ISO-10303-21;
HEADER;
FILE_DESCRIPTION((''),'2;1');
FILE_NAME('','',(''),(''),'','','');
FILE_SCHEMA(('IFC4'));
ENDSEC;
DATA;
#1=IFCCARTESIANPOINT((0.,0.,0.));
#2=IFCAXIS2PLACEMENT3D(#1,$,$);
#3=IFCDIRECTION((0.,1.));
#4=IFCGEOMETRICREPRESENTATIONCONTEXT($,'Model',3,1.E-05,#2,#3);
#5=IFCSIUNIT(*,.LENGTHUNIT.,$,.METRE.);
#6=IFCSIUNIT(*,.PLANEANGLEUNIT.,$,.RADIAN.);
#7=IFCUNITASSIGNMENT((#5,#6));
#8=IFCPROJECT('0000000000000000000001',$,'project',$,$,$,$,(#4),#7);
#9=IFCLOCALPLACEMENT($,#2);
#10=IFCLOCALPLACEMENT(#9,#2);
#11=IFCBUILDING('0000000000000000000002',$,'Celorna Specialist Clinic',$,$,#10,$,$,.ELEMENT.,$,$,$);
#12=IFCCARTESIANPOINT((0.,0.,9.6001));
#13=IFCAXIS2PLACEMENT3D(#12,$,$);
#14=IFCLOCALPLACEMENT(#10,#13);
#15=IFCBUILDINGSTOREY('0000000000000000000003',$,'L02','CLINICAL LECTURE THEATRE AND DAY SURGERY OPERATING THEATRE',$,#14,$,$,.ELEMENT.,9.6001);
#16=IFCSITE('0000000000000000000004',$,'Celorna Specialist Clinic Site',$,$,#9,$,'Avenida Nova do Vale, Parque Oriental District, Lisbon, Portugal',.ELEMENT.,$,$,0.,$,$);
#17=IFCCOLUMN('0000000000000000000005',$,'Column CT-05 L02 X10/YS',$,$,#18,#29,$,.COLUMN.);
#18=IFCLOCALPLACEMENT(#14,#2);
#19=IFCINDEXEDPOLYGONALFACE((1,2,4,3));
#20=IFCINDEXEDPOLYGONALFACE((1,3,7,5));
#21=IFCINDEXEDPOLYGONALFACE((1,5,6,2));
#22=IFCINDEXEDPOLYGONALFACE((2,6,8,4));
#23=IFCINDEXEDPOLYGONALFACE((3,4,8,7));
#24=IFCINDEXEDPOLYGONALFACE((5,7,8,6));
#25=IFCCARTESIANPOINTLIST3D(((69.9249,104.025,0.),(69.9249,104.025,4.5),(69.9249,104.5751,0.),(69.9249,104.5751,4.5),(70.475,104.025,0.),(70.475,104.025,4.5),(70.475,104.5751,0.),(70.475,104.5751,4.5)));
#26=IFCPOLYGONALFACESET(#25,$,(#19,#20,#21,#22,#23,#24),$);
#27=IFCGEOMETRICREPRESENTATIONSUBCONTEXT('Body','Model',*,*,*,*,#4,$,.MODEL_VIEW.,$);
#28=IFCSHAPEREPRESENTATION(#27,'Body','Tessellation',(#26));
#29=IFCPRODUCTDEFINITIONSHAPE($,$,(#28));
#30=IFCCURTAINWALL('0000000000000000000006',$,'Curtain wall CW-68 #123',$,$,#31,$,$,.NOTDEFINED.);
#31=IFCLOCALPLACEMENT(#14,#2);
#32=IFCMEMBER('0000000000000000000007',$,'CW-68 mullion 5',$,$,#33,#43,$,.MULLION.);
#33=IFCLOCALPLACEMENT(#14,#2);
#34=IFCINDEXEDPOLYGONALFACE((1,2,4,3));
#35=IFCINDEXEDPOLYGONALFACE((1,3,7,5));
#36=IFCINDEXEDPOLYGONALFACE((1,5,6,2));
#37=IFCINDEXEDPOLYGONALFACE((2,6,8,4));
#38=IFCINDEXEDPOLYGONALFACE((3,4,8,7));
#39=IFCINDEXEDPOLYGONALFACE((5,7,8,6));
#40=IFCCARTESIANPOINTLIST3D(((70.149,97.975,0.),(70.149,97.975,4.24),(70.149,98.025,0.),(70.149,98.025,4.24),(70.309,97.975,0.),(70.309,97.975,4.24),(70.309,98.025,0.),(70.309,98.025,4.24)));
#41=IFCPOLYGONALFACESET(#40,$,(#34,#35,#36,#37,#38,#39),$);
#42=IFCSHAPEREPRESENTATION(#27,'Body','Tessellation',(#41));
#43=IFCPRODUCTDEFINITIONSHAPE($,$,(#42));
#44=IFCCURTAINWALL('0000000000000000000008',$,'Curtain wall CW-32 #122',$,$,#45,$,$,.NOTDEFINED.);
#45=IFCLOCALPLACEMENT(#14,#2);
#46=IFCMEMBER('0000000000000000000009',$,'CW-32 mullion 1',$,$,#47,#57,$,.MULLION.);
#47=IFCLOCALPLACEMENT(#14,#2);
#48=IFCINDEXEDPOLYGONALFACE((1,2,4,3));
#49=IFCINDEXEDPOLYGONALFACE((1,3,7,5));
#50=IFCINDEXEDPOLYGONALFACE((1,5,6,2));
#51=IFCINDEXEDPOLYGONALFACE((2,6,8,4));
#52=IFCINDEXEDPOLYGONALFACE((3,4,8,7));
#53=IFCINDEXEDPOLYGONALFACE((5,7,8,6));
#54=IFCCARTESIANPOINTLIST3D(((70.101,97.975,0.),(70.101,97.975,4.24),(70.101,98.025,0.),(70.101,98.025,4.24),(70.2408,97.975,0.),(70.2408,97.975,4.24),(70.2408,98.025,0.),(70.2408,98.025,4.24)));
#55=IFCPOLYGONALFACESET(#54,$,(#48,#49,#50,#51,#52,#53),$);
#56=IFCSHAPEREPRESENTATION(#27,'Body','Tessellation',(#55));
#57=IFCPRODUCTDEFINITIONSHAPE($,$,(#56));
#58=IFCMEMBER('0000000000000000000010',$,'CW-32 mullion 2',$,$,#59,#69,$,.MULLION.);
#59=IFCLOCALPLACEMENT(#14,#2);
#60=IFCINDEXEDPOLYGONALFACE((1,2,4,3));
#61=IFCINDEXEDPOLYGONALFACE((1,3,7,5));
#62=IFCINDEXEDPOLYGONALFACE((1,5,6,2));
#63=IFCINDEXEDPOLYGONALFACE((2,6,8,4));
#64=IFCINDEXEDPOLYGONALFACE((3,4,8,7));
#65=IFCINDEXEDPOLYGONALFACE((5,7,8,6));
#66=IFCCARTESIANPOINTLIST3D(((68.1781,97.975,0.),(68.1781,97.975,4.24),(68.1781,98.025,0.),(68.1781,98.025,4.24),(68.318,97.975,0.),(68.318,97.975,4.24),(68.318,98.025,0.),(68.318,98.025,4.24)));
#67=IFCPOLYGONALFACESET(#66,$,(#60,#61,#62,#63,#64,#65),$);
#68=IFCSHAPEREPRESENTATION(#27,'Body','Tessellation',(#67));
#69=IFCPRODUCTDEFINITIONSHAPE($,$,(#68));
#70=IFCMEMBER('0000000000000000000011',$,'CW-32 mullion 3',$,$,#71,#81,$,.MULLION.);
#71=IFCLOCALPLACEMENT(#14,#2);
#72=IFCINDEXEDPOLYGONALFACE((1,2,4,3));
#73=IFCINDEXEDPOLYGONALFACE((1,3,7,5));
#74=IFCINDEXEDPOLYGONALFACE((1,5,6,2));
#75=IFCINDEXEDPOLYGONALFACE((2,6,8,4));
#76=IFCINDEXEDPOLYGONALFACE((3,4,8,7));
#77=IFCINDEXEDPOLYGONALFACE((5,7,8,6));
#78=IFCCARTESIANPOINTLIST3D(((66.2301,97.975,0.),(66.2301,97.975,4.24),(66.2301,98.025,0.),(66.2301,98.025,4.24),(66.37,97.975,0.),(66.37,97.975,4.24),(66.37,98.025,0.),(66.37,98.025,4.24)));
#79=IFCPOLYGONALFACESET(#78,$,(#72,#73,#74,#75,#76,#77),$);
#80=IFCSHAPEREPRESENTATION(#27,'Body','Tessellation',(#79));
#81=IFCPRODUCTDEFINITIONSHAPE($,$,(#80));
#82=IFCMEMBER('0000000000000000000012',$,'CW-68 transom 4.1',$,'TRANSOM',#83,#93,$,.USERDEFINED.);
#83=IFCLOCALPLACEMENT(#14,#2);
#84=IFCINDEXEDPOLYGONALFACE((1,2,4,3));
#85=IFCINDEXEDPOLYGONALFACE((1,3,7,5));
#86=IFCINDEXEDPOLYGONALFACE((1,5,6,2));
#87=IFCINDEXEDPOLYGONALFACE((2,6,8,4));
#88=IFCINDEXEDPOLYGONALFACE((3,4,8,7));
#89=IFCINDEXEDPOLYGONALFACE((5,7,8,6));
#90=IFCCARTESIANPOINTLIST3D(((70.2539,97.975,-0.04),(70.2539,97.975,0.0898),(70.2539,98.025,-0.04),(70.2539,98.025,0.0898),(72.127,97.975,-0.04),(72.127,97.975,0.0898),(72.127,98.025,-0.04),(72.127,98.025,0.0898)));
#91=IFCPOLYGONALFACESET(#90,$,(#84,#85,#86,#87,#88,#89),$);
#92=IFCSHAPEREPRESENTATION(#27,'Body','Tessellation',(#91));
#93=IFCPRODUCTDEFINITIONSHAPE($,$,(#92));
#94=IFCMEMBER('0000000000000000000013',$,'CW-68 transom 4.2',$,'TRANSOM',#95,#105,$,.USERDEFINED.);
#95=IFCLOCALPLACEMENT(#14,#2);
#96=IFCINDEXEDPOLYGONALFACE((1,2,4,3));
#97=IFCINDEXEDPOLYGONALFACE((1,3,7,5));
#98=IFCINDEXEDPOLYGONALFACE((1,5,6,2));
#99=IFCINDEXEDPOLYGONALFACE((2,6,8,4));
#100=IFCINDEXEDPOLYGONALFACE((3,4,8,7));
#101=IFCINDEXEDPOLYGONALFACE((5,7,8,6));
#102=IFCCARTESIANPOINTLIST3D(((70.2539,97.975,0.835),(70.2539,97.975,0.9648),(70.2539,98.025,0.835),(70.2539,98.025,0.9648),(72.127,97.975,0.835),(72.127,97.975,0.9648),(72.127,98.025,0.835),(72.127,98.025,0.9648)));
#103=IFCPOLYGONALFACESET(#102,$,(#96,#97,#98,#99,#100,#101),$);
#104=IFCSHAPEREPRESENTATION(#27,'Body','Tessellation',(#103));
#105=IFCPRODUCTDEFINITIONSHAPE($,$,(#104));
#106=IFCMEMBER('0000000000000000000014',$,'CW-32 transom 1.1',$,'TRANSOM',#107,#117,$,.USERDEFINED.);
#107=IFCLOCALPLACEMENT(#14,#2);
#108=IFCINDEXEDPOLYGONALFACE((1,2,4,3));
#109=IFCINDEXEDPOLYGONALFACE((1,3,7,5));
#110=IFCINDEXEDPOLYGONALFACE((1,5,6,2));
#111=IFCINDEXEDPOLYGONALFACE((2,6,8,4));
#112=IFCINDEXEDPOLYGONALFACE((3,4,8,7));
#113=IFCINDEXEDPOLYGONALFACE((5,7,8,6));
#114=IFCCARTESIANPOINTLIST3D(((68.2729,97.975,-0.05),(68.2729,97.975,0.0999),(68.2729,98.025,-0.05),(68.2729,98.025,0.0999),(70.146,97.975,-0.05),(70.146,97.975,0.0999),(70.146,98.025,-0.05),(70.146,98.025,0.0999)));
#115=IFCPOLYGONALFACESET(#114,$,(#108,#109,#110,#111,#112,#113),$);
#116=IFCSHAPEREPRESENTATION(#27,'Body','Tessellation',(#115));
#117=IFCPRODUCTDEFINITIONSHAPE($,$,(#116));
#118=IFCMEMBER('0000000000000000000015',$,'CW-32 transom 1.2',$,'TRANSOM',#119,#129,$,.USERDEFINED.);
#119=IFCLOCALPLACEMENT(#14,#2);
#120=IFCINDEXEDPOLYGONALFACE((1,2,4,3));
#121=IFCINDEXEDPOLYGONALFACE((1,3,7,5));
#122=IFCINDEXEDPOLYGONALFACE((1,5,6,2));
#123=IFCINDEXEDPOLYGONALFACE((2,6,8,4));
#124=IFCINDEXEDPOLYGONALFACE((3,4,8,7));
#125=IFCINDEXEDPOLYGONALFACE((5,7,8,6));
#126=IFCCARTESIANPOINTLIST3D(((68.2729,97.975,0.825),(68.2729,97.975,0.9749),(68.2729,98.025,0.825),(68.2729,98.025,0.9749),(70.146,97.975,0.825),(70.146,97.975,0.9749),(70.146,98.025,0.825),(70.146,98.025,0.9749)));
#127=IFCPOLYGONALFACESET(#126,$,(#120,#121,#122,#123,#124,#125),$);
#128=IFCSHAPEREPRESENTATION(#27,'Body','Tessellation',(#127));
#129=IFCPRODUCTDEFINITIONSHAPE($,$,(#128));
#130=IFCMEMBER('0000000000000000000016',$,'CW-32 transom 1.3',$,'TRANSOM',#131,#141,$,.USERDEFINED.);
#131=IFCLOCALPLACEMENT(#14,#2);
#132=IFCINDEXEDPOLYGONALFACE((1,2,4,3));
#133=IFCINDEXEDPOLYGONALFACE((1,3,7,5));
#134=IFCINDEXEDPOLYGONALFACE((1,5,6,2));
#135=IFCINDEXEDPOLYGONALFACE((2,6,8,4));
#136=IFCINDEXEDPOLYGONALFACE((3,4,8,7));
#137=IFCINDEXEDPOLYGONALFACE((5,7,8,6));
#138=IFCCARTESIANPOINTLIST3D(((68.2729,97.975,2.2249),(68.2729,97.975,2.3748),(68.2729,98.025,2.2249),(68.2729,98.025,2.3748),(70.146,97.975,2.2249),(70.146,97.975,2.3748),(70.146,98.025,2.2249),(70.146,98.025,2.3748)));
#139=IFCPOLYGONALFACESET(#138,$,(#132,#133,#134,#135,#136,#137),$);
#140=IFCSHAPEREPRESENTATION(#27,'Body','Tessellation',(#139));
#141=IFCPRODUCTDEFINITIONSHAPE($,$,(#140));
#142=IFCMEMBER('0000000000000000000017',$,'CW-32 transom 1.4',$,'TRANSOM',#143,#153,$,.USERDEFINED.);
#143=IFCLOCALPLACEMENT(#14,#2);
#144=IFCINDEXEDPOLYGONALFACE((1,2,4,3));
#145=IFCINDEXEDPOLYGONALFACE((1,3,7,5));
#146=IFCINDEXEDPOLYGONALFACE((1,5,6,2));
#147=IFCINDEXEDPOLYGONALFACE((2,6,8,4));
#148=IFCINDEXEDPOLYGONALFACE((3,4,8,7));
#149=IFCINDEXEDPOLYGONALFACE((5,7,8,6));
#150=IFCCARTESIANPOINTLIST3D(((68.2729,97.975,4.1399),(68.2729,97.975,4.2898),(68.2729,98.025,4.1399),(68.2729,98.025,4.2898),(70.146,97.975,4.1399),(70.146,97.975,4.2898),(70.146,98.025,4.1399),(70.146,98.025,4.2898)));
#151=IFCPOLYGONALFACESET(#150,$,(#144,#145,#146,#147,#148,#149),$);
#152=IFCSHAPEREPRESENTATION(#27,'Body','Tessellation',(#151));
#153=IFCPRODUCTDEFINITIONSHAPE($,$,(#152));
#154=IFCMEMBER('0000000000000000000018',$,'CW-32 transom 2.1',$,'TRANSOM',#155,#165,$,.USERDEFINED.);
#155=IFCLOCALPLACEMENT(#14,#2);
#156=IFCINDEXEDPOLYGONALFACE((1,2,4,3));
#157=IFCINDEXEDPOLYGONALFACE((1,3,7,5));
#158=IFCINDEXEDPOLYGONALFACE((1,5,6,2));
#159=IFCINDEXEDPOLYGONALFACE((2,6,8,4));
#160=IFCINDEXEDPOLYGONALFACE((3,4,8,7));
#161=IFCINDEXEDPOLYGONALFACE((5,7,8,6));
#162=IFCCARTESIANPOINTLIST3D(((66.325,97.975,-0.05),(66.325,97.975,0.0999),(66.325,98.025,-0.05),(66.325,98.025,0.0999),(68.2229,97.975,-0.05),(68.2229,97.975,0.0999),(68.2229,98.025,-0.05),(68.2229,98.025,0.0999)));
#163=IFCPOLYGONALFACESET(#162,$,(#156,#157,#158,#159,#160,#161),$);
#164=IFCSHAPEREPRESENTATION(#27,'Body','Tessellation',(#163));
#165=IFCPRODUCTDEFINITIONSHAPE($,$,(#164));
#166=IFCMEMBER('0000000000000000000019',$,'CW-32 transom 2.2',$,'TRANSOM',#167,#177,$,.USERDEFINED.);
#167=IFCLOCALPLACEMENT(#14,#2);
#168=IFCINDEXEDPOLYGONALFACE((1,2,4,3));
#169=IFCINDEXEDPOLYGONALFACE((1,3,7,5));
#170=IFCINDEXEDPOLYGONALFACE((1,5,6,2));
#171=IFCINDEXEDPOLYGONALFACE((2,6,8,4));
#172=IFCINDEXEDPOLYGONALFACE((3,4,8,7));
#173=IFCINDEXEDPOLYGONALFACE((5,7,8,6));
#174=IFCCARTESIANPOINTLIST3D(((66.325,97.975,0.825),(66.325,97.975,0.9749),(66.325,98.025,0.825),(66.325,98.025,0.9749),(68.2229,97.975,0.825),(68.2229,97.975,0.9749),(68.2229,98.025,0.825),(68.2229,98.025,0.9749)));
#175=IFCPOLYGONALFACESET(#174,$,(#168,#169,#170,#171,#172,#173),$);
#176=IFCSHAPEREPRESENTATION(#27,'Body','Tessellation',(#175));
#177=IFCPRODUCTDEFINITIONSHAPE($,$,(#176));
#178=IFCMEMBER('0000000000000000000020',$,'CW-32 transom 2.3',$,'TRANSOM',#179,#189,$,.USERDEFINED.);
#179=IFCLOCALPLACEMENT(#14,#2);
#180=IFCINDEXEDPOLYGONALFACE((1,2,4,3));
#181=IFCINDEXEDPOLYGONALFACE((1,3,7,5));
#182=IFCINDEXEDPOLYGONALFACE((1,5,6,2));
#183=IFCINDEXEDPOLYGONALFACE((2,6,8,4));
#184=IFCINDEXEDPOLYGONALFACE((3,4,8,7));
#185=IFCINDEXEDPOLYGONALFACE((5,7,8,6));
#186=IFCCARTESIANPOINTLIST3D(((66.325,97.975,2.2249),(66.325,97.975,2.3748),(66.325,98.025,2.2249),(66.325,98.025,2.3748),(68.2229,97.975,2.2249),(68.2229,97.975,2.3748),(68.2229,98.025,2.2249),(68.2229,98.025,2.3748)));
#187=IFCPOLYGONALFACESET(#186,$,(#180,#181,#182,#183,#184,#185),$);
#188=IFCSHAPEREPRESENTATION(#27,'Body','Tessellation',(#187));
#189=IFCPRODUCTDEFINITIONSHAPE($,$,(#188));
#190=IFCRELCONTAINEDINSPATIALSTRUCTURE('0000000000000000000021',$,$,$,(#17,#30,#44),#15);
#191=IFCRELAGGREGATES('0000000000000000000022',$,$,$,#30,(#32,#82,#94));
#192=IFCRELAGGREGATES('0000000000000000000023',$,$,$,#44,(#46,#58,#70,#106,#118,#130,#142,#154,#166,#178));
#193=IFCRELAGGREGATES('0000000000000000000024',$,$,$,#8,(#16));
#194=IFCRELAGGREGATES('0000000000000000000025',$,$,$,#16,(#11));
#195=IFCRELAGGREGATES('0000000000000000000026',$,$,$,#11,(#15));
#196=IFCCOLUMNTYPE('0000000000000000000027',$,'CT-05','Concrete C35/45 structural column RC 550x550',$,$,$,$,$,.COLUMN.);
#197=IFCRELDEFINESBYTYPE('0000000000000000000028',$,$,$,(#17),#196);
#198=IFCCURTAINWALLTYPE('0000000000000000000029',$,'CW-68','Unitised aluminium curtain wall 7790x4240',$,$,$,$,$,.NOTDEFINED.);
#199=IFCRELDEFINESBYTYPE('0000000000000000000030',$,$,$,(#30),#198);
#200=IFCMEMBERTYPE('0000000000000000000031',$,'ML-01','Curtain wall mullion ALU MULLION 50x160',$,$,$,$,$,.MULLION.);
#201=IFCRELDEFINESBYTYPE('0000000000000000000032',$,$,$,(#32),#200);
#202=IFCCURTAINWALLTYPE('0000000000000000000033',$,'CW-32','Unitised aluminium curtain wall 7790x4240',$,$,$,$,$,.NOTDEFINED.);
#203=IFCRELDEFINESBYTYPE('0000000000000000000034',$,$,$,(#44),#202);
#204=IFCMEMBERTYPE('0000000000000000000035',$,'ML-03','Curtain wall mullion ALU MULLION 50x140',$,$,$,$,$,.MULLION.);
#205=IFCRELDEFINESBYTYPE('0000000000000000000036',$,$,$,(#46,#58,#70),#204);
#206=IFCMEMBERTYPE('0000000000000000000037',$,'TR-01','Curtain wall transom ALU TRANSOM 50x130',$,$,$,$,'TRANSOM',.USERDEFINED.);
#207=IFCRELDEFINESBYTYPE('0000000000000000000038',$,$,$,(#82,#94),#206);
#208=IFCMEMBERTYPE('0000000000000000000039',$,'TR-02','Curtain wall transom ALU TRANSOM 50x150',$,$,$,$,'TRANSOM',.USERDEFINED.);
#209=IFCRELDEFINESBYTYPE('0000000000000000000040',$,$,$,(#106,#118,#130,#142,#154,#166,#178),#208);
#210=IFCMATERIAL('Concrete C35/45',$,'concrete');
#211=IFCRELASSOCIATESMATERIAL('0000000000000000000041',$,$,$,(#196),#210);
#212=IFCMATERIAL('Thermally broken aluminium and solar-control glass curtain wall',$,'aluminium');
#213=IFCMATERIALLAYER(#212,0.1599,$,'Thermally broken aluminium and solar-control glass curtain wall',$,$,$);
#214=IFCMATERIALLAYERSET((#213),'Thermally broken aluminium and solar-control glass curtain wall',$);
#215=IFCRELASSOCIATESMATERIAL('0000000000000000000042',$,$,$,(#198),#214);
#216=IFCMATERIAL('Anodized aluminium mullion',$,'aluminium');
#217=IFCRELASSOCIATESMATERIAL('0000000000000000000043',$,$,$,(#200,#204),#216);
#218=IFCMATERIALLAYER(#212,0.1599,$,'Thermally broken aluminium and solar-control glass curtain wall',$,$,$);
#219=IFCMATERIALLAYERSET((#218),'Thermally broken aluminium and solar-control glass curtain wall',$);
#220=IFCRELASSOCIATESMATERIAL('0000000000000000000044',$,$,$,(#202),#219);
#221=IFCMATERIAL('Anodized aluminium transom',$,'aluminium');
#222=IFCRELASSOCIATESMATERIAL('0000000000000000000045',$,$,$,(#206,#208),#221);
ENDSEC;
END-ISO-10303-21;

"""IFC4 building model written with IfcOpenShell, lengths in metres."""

from ifc_helpers import new_model, si_unit, direction, frame, origin, origin_2d, place, context, subcontext, project, spatial, rectangle, extrude, material, layer, layer_set, material_profile, profile_set, type_object, element, aggregate, save


model = new_model("IFC4")

# Units and contexts
model_context = context("Model", 3, precision=1e-05, world=origin(), true_north=direction((0.0, 1.0)))
body_context = subcontext(model_context, "Body", "Model", "MODEL_VIEW")
ifc_project = project(units=[si_unit("LENGTHUNIT", "METRE"), si_unit("PLANEANGLEUNIT", "RADIAN")], contexts=[model_context])

# Site, building, storey
site_placement = place(None, origin())
site = spatial("IfcSite", under=ifc_project, at=site_placement, Name="Celorna Specialist Clinic Site", LongName="Avenida Nova do Vale, Parque Oriental District, Lisbon, Portugal", CompositionType="ELEMENT", RefElevation=0.0)
building_placement = place(site_placement, origin())
building = spatial("IfcBuilding", under=site, at=building_placement, Name="Celorna Specialist Clinic", CompositionType="ELEMENT")
storey_placement = place(building_placement, frame((0.0, 0.0, 9.6001)))
storey = spatial("IfcBuildingStorey", under=building, at=storey_placement, Name="L02", Description="CLINICAL LECTURE THEATRE AND DAY SURGERY OPERATING THEATRE", CompositionType="ELEMENT", Elevation=9.6001)

# Column
ifc_material_1 = material(Name="Concrete C35/45", Category="concrete")
ifc_material_profile_1 = material_profile(ifc_material_1, rectangle(XDim=0.55, YDim=0.55, at=origin_2d()), Name="RC 550x550")
ifc_profile_set_1 = profile_set([ifc_material_profile_1], Name="Concrete C35/45")
column_type = type_object("IfcColumnType", Name="CT-05", Description="Concrete C35/45 structural column RC 550x550", PredefinedType="COLUMN", material=ifc_profile_set_1)
column_placement = place(storey_placement, frame((70.2, 104.3, 0.0), z_axis=(0.0, 0.0, 1.0), x_axis=(1.0, 0.0, 0.0)))
element("IfcColumn", 1, at=column_placement, inside=storey, type_object=column_type, Name="Column CT-05 L02 X10/YS", PredefinedType="COLUMN", context=body_context, shape_type="SweptSolid", body=[
    extrude(rectangle(XDim=0.55, YDim=0.55, at=origin_2d()), origin(), (0.0, 0.0, 1.0), 4.5),
])

# Curtain wall, member
ifc_material_2 = material(Name="Thermally broken aluminium and solar-control glass curtain wall", Category="aluminium")
ifc_layer_1 = layer(ifc_material_2, 0.1599, Name="Thermally broken aluminium and solar-control glass curtain wall")
ifc_layer_set_1 = layer_set([ifc_layer_1], Name="Thermally broken aluminium and solar-control glass curtain wall")
curtain_wall_type_1 = type_object("IfcCurtainWallType", Name="CW-68", Description="Unitised aluminium curtain wall 7790x4240", PredefinedType="NOTDEFINED", material=ifc_layer_set_1)
curtain_wall_1_placement = place(storey_placement, origin())
curtain_wall_1 = element("IfcCurtainWall", 2, at=curtain_wall_1_placement, inside=storey, type_object=curtain_wall_type_1, Name="Curtain wall CW-68 #123", PredefinedType="NOTDEFINED")
ifc_material_3 = material(Name="Anodized aluminium mullion", Category="aluminium")
ifc_material_profile_2 = material_profile(ifc_material_3, rectangle(XDim=0.05, YDim=0.1599, at=origin_2d()), Name="ALU MULLION 50x160")
ifc_profile_set_2 = profile_set([ifc_material_profile_2], Name="Anodized aluminium mullion")
member_type_1 = type_object("IfcMemberType", Name="ML-01", Description="Curtain wall mullion ALU MULLION 50x160", PredefinedType="MULLION", material=ifc_profile_set_2)
member_1_placement = place(storey_placement, frame((70.229, 98.0, 0.0), z_axis=(0.0, 0.0, 1.0), x_axis=(0.0, -1.0, 0.0)))
member_1 = element("IfcMember", 3, at=member_1_placement, type_object=member_type_1, Name="CW-68 mullion 5", PredefinedType="MULLION", context=body_context, shape_type="SweptSolid", body=[
    extrude(rectangle(XDim=0.05, YDim=0.1599, at=origin_2d()), origin(), (0.0, 0.0, 1.0), 4.24),
])

# Curtain wall, members
ifc_layer_2 = layer(ifc_material_2, 0.1599, Name="Thermally broken aluminium and solar-control glass curtain wall")
ifc_layer_set_2 = layer_set([ifc_layer_2], Name="Thermally broken aluminium and solar-control glass curtain wall")
curtain_wall_type_2 = type_object("IfcCurtainWallType", Name="CW-32", Description="Unitised aluminium curtain wall 7790x4240", PredefinedType="NOTDEFINED", material=ifc_layer_set_2)
curtain_wall_2_placement = place(storey_placement, origin())
curtain_wall_2 = element("IfcCurtainWall", 4, at=curtain_wall_2_placement, inside=storey, type_object=curtain_wall_type_2, Name="Curtain wall CW-32 #122", PredefinedType="NOTDEFINED")
ifc_material_profile_3 = material_profile(ifc_material_3, rectangle(XDim=0.05, YDim=0.1399, at=origin_2d()), Name="ALU MULLION 50x140")
ifc_profile_set_3 = profile_set([ifc_material_profile_3], Name="Anodized aluminium mullion")
member_type_2 = type_object("IfcMemberType", Name="ML-03", Description="Curtain wall mullion ALU MULLION 50x140", PredefinedType="MULLION", material=ifc_profile_set_3)
member_2_placement = place(storey_placement, frame((70.1709, 98.0, 0.0), z_axis=(0.0, 0.0, 1.0), x_axis=(0.0, -1.0, 0.0)))
member_2 = element("IfcMember", 5, at=member_2_placement, type_object=member_type_2, Name="CW-32 mullion 1", PredefinedType="MULLION", context=body_context, shape_type="SweptSolid", body=[
    extrude(rectangle(XDim=0.05, YDim=0.1399, at=origin_2d()), origin(), (0.0, 0.0, 1.0), 4.24),
])
member_3_placement = place(storey_placement, frame((68.248, 98.0, 0.0), z_axis=(0.0, 0.0, 1.0), x_axis=(0.0, -1.0, 0.0)))
member_3 = element("IfcMember", 6, at=member_3_placement, type_object=member_type_2, Name="CW-32 mullion 2", PredefinedType="MULLION", context=body_context, shape_type="SweptSolid", body=[
    extrude(rectangle(XDim=0.05, YDim=0.1399, at=origin_2d()), origin(), (0.0, 0.0, 1.0), 4.24),
])
member_4_placement = place(storey_placement, frame((66.3, 98.0, 0.0), z_axis=(0.0, 0.0, 1.0), x_axis=(0.0, -1.0, 0.0)))
member_4 = element("IfcMember", 7, at=member_4_placement, type_object=member_type_2, Name="CW-32 mullion 3", PredefinedType="MULLION", context=body_context, shape_type="SweptSolid", body=[
    extrude(rectangle(XDim=0.05, YDim=0.1399, at=origin_2d()), origin(), (0.0, 0.0, 1.0), 4.24),
])

# Members
ifc_material_4 = material(Name="Anodized aluminium transom", Category="aluminium")
ifc_material_profile_4 = material_profile(ifc_material_4, rectangle(XDim=0.05, YDim=0.1299, at=origin_2d()), Name="ALU TRANSOM 50x130")
ifc_profile_set_4 = profile_set([ifc_material_profile_4], Name="Anodized aluminium transom")
member_type_3 = type_object("IfcMemberType", Name="TR-01", Description="Curtain wall transom ALU TRANSOM 50x130", ElementType="TRANSOM", PredefinedType="USERDEFINED", material=ifc_profile_set_4)
member_5_placement = place(storey_placement, frame((72.127, 98.0, 0.0249), z_axis=(-1.0, 0.0, 0.0), x_axis=(0.0, -1.0, 0.0)))
member_5 = element("IfcMember", 8, at=member_5_placement, type_object=member_type_3, Name="CW-68 transom 4.1", ObjectType="TRANSOM", PredefinedType="USERDEFINED", context=body_context, shape_type="SweptSolid", body=[
    extrude(rectangle(XDim=0.05, YDim=0.1299, at=origin_2d()), origin(), (0.0, 0.0, 1.0), 1.873),
])
member_6_placement = place(storey_placement, frame((72.127, 98.0, 0.8999), z_axis=(-1.0, 0.0, 0.0), x_axis=(0.0, -1.0, 0.0)))
member_6 = element("IfcMember", 9, at=member_6_placement, type_object=member_type_3, Name="CW-68 transom 4.2", ObjectType="TRANSOM", PredefinedType="USERDEFINED", context=body_context, shape_type="SweptSolid", body=[
    extrude(rectangle(XDim=0.05, YDim=0.1299, at=origin_2d()), origin(), (0.0, 0.0, 1.0), 1.873),
])
ifc_material_profile_5 = material_profile(ifc_material_4, rectangle(XDim=0.05, YDim=0.1499, at=origin_2d()), Name="ALU TRANSOM 50x150")
ifc_profile_set_5 = profile_set([ifc_material_profile_5], Name="Anodized aluminium transom")
member_type_4 = type_object("IfcMemberType", Name="TR-02", Description="Curtain wall transom ALU TRANSOM 50x150", ElementType="TRANSOM", PredefinedType="USERDEFINED", material=ifc_profile_set_5)
member_7_placement = place(storey_placement, frame((70.146, 98.0, 0.0249), z_axis=(-1.0, 0.0, 0.0), x_axis=(0.0, -1.0, 0.0)))
member_7 = element("IfcMember", 10, at=member_7_placement, type_object=member_type_4, Name="CW-32 transom 1.1", ObjectType="TRANSOM", PredefinedType="USERDEFINED", context=body_context, shape_type="SweptSolid", body=[
    extrude(rectangle(XDim=0.05, YDim=0.1499, at=origin_2d()), origin(), (0.0, 0.0, 1.0), 1.873),
])
member_8_placement = place(storey_placement, frame((70.146, 98.0, 0.8999), z_axis=(-1.0, 0.0, 0.0), x_axis=(0.0, -1.0, 0.0)))
member_8 = element("IfcMember", 11, at=member_8_placement, type_object=member_type_4, Name="CW-32 transom 1.2", ObjectType="TRANSOM", PredefinedType="USERDEFINED", context=body_context, shape_type="SweptSolid", body=[
    extrude(rectangle(XDim=0.05, YDim=0.1499, at=origin_2d()), origin(), (0.0, 0.0, 1.0), 1.873),
])
member_9_placement = place(storey_placement, frame((70.146, 98.0, 2.2998), z_axis=(-1.0, 0.0, 0.0), x_axis=(0.0, -1.0, 0.0)))
member_9 = element("IfcMember", 12, at=member_9_placement, type_object=member_type_4, Name="CW-32 transom 1.3", ObjectType="TRANSOM", PredefinedType="USERDEFINED", context=body_context, shape_type="SweptSolid", body=[
    extrude(rectangle(XDim=0.05, YDim=0.1499, at=origin_2d()), origin(), (0.0, 0.0, 1.0), 1.873),
])
member_10_placement = place(storey_placement, frame((70.146, 98.0, 4.2148), z_axis=(-1.0, 0.0, 0.0), x_axis=(0.0, -1.0, 0.0)))
member_10 = element("IfcMember", 13, at=member_10_placement, type_object=member_type_4, Name="CW-32 transom 1.4", ObjectType="TRANSOM", PredefinedType="USERDEFINED", context=body_context, shape_type="SweptSolid", body=[
    extrude(rectangle(XDim=0.05, YDim=0.1499, at=origin_2d()), origin(), (0.0, 0.0, 1.0), 1.873),
])
member_11_placement = place(storey_placement, frame((68.2229, 98.0, 0.0249), z_axis=(-1.0, 0.0, 0.0), x_axis=(0.0, -1.0, 0.0)))
member_11 = element("IfcMember", 14, at=member_11_placement, type_object=member_type_4, Name="CW-32 transom 2.1", ObjectType="TRANSOM", PredefinedType="USERDEFINED", context=body_context, shape_type="SweptSolid", body=[
    extrude(rectangle(XDim=0.05, YDim=0.1499, at=origin_2d()), origin(), (0.0, 0.0, 1.0), 1.8979),
])
member_12_placement = place(storey_placement, frame((68.2229, 98.0, 0.8999), z_axis=(-1.0, 0.0, 0.0), x_axis=(0.0, -1.0, 0.0)))
member_12 = element("IfcMember", 15, at=member_12_placement, type_object=member_type_4, Name="CW-32 transom 2.2", ObjectType="TRANSOM", PredefinedType="USERDEFINED", context=body_context, shape_type="SweptSolid", body=[
    extrude(rectangle(XDim=0.05, YDim=0.1499, at=origin_2d()), origin(), (0.0, 0.0, 1.0), 1.8979),
])
member_13_placement = place(storey_placement, frame((68.2229, 98.0, 2.2998), z_axis=(-1.0, 0.0, 0.0), x_axis=(0.0, -1.0, 0.0)))
member_13 = element("IfcMember", 16, at=member_13_placement, type_object=member_type_4, Name="CW-32 transom 2.3", ObjectType="TRANSOM", PredefinedType="USERDEFINED", context=body_context, shape_type="SweptSolid", body=[
    extrude(rectangle(XDim=0.05, YDim=0.1499, at=origin_2d()), origin(), (0.0, 0.0, 1.0), 1.8979),
])

aggregate(curtain_wall_1, [member_1, member_5, member_6])
aggregate(curtain_wall_2, [member_2, member_3, member_4, member_7, member_8, member_9, member_10, member_11, member_12, member_13])

save(model, "model.ifc")
